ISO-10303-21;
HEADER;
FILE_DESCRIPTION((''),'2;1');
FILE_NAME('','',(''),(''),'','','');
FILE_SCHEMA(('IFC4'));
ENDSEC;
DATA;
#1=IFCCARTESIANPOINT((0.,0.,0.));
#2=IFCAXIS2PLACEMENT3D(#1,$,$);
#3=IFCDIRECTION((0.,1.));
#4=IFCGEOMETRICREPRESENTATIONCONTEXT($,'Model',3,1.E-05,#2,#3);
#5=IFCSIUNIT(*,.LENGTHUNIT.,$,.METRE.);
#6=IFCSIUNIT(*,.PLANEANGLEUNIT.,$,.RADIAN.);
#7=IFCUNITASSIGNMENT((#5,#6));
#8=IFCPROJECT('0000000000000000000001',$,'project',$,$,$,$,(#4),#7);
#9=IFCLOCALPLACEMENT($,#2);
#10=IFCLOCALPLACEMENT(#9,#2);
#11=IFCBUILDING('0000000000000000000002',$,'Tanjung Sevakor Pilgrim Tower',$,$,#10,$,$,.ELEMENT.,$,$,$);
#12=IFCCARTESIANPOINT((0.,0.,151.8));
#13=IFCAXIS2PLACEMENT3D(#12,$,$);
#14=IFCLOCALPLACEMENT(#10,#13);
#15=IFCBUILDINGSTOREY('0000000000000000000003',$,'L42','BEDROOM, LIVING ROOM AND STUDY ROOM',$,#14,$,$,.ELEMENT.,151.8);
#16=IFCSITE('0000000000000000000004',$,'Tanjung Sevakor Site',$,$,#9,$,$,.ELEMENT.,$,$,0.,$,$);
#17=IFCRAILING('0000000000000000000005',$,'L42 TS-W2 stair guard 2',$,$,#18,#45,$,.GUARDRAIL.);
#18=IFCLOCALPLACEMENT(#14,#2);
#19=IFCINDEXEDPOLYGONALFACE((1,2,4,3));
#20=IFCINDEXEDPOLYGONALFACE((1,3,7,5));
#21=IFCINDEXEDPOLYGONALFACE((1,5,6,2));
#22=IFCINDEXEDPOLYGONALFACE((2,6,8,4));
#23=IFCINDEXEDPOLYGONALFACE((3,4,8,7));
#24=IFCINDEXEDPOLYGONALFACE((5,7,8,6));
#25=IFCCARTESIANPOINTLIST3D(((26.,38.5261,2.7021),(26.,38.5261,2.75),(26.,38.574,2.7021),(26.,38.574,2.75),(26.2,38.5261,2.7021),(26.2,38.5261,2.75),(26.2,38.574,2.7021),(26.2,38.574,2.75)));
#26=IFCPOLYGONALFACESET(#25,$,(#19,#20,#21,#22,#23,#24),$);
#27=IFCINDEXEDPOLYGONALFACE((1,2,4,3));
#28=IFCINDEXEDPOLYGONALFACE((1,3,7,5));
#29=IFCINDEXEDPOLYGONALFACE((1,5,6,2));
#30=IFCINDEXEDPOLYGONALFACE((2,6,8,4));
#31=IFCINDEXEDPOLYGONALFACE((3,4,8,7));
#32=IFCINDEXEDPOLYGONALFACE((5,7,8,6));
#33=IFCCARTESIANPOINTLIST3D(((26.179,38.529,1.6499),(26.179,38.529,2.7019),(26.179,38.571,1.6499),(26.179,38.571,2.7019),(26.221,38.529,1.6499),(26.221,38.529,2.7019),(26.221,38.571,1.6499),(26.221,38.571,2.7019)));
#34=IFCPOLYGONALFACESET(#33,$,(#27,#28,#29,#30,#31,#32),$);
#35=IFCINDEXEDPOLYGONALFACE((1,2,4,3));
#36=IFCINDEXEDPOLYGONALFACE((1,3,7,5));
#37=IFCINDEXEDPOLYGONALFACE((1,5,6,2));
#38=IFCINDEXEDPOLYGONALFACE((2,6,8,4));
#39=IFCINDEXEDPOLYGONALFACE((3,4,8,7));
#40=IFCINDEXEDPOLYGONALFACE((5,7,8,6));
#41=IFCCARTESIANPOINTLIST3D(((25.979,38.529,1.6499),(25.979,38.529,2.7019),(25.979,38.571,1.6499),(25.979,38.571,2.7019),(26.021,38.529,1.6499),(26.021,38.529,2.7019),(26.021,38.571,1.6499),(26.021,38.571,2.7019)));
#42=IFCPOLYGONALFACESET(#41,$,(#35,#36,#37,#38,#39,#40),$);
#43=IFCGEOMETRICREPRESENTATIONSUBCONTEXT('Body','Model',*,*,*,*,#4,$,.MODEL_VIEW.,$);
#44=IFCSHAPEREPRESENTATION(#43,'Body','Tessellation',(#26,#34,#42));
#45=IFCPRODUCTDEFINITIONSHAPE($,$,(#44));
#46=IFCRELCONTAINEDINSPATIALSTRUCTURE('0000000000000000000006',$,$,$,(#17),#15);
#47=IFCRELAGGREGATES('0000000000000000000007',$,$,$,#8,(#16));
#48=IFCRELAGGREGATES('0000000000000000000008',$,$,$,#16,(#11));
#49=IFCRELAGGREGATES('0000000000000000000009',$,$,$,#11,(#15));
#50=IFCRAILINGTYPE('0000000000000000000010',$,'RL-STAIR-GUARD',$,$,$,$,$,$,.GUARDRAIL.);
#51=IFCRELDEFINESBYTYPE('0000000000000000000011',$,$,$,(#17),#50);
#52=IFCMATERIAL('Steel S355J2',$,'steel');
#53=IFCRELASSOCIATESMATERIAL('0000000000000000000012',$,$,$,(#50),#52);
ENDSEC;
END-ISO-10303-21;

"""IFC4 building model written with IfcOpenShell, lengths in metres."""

from ifc_helpers import new_model, si_unit, direction, frame, origin, place, context, subcontext, project, spatial, rectangle, extrude, material, type_object, element, save


model = new_model("IFC4")

# Units and contexts
model_context = context("Model", 3, precision=1e-05, world=origin(), true_north=direction((0.0, 1.0)))
body_context = subcontext(model_context, "Body", "Model", "MODEL_VIEW")
ifc_project = project(units=[si_unit("LENGTHUNIT", "METRE"), si_unit("PLANEANGLEUNIT", "RADIAN")], contexts=[model_context])

# Site, building, storey
site_placement = place(None, origin())
site = spatial("IfcSite", under=ifc_project, at=site_placement, Name="Tanjung Sevakor Site", CompositionType="ELEMENT", RefElevation=0.0)
building_placement = place(site_placement, origin())
building = spatial("IfcBuilding", under=site, at=building_placement, Name="Tanjung Sevakor Pilgrim Tower", CompositionType="ELEMENT")
storey_placement = place(building_placement, frame((0.0, 0.0, 151.8)))
storey = spatial("IfcBuildingStorey", under=building, at=storey_placement, Name="L42", Description="BEDROOM, LIVING ROOM AND STUDY ROOM", CompositionType="ELEMENT", Elevation=151.8)

# Railing
ifc_material_1 = material(Name="Steel S355J2", Category="steel")
railing_type_1 = type_object("IfcRailingType", Name="RL-STAIR-GUARD", PredefinedType="GUARDRAIL", material=ifc_material_1)
railing_1_placement = place(storey_placement, frame((26.2, 38.55, 1.6499)))
element("IfcRailing", 1, at=railing_1_placement, inside=storey, type_object=railing_type_1, Name="L42 TS-W2 stair guard 2", PredefinedType="GUARDRAIL", context=body_context, shape_type="SweptSolid", body=[
    extrude(rectangle(XDim=0.0479, YDim=0.0479), frame((0.0, 0.0, 1.0762), z_axis=(-1.0, 0.0, 0.0), x_axis=(0.0, -1.0, 0.0)), (0.0, 0.0, 1.0), 0.2),
    extrude(rectangle(XDim=0.042, YDim=0.042), origin(), (0.0, 0.0, 1.0), 1.052),
    extrude(rectangle(XDim=0.042, YDim=0.042), frame((-0.2, 0.0, 0.0)), (0.0, 0.0, 1.0), 1.052),
])

save(model, "model.ifc")
